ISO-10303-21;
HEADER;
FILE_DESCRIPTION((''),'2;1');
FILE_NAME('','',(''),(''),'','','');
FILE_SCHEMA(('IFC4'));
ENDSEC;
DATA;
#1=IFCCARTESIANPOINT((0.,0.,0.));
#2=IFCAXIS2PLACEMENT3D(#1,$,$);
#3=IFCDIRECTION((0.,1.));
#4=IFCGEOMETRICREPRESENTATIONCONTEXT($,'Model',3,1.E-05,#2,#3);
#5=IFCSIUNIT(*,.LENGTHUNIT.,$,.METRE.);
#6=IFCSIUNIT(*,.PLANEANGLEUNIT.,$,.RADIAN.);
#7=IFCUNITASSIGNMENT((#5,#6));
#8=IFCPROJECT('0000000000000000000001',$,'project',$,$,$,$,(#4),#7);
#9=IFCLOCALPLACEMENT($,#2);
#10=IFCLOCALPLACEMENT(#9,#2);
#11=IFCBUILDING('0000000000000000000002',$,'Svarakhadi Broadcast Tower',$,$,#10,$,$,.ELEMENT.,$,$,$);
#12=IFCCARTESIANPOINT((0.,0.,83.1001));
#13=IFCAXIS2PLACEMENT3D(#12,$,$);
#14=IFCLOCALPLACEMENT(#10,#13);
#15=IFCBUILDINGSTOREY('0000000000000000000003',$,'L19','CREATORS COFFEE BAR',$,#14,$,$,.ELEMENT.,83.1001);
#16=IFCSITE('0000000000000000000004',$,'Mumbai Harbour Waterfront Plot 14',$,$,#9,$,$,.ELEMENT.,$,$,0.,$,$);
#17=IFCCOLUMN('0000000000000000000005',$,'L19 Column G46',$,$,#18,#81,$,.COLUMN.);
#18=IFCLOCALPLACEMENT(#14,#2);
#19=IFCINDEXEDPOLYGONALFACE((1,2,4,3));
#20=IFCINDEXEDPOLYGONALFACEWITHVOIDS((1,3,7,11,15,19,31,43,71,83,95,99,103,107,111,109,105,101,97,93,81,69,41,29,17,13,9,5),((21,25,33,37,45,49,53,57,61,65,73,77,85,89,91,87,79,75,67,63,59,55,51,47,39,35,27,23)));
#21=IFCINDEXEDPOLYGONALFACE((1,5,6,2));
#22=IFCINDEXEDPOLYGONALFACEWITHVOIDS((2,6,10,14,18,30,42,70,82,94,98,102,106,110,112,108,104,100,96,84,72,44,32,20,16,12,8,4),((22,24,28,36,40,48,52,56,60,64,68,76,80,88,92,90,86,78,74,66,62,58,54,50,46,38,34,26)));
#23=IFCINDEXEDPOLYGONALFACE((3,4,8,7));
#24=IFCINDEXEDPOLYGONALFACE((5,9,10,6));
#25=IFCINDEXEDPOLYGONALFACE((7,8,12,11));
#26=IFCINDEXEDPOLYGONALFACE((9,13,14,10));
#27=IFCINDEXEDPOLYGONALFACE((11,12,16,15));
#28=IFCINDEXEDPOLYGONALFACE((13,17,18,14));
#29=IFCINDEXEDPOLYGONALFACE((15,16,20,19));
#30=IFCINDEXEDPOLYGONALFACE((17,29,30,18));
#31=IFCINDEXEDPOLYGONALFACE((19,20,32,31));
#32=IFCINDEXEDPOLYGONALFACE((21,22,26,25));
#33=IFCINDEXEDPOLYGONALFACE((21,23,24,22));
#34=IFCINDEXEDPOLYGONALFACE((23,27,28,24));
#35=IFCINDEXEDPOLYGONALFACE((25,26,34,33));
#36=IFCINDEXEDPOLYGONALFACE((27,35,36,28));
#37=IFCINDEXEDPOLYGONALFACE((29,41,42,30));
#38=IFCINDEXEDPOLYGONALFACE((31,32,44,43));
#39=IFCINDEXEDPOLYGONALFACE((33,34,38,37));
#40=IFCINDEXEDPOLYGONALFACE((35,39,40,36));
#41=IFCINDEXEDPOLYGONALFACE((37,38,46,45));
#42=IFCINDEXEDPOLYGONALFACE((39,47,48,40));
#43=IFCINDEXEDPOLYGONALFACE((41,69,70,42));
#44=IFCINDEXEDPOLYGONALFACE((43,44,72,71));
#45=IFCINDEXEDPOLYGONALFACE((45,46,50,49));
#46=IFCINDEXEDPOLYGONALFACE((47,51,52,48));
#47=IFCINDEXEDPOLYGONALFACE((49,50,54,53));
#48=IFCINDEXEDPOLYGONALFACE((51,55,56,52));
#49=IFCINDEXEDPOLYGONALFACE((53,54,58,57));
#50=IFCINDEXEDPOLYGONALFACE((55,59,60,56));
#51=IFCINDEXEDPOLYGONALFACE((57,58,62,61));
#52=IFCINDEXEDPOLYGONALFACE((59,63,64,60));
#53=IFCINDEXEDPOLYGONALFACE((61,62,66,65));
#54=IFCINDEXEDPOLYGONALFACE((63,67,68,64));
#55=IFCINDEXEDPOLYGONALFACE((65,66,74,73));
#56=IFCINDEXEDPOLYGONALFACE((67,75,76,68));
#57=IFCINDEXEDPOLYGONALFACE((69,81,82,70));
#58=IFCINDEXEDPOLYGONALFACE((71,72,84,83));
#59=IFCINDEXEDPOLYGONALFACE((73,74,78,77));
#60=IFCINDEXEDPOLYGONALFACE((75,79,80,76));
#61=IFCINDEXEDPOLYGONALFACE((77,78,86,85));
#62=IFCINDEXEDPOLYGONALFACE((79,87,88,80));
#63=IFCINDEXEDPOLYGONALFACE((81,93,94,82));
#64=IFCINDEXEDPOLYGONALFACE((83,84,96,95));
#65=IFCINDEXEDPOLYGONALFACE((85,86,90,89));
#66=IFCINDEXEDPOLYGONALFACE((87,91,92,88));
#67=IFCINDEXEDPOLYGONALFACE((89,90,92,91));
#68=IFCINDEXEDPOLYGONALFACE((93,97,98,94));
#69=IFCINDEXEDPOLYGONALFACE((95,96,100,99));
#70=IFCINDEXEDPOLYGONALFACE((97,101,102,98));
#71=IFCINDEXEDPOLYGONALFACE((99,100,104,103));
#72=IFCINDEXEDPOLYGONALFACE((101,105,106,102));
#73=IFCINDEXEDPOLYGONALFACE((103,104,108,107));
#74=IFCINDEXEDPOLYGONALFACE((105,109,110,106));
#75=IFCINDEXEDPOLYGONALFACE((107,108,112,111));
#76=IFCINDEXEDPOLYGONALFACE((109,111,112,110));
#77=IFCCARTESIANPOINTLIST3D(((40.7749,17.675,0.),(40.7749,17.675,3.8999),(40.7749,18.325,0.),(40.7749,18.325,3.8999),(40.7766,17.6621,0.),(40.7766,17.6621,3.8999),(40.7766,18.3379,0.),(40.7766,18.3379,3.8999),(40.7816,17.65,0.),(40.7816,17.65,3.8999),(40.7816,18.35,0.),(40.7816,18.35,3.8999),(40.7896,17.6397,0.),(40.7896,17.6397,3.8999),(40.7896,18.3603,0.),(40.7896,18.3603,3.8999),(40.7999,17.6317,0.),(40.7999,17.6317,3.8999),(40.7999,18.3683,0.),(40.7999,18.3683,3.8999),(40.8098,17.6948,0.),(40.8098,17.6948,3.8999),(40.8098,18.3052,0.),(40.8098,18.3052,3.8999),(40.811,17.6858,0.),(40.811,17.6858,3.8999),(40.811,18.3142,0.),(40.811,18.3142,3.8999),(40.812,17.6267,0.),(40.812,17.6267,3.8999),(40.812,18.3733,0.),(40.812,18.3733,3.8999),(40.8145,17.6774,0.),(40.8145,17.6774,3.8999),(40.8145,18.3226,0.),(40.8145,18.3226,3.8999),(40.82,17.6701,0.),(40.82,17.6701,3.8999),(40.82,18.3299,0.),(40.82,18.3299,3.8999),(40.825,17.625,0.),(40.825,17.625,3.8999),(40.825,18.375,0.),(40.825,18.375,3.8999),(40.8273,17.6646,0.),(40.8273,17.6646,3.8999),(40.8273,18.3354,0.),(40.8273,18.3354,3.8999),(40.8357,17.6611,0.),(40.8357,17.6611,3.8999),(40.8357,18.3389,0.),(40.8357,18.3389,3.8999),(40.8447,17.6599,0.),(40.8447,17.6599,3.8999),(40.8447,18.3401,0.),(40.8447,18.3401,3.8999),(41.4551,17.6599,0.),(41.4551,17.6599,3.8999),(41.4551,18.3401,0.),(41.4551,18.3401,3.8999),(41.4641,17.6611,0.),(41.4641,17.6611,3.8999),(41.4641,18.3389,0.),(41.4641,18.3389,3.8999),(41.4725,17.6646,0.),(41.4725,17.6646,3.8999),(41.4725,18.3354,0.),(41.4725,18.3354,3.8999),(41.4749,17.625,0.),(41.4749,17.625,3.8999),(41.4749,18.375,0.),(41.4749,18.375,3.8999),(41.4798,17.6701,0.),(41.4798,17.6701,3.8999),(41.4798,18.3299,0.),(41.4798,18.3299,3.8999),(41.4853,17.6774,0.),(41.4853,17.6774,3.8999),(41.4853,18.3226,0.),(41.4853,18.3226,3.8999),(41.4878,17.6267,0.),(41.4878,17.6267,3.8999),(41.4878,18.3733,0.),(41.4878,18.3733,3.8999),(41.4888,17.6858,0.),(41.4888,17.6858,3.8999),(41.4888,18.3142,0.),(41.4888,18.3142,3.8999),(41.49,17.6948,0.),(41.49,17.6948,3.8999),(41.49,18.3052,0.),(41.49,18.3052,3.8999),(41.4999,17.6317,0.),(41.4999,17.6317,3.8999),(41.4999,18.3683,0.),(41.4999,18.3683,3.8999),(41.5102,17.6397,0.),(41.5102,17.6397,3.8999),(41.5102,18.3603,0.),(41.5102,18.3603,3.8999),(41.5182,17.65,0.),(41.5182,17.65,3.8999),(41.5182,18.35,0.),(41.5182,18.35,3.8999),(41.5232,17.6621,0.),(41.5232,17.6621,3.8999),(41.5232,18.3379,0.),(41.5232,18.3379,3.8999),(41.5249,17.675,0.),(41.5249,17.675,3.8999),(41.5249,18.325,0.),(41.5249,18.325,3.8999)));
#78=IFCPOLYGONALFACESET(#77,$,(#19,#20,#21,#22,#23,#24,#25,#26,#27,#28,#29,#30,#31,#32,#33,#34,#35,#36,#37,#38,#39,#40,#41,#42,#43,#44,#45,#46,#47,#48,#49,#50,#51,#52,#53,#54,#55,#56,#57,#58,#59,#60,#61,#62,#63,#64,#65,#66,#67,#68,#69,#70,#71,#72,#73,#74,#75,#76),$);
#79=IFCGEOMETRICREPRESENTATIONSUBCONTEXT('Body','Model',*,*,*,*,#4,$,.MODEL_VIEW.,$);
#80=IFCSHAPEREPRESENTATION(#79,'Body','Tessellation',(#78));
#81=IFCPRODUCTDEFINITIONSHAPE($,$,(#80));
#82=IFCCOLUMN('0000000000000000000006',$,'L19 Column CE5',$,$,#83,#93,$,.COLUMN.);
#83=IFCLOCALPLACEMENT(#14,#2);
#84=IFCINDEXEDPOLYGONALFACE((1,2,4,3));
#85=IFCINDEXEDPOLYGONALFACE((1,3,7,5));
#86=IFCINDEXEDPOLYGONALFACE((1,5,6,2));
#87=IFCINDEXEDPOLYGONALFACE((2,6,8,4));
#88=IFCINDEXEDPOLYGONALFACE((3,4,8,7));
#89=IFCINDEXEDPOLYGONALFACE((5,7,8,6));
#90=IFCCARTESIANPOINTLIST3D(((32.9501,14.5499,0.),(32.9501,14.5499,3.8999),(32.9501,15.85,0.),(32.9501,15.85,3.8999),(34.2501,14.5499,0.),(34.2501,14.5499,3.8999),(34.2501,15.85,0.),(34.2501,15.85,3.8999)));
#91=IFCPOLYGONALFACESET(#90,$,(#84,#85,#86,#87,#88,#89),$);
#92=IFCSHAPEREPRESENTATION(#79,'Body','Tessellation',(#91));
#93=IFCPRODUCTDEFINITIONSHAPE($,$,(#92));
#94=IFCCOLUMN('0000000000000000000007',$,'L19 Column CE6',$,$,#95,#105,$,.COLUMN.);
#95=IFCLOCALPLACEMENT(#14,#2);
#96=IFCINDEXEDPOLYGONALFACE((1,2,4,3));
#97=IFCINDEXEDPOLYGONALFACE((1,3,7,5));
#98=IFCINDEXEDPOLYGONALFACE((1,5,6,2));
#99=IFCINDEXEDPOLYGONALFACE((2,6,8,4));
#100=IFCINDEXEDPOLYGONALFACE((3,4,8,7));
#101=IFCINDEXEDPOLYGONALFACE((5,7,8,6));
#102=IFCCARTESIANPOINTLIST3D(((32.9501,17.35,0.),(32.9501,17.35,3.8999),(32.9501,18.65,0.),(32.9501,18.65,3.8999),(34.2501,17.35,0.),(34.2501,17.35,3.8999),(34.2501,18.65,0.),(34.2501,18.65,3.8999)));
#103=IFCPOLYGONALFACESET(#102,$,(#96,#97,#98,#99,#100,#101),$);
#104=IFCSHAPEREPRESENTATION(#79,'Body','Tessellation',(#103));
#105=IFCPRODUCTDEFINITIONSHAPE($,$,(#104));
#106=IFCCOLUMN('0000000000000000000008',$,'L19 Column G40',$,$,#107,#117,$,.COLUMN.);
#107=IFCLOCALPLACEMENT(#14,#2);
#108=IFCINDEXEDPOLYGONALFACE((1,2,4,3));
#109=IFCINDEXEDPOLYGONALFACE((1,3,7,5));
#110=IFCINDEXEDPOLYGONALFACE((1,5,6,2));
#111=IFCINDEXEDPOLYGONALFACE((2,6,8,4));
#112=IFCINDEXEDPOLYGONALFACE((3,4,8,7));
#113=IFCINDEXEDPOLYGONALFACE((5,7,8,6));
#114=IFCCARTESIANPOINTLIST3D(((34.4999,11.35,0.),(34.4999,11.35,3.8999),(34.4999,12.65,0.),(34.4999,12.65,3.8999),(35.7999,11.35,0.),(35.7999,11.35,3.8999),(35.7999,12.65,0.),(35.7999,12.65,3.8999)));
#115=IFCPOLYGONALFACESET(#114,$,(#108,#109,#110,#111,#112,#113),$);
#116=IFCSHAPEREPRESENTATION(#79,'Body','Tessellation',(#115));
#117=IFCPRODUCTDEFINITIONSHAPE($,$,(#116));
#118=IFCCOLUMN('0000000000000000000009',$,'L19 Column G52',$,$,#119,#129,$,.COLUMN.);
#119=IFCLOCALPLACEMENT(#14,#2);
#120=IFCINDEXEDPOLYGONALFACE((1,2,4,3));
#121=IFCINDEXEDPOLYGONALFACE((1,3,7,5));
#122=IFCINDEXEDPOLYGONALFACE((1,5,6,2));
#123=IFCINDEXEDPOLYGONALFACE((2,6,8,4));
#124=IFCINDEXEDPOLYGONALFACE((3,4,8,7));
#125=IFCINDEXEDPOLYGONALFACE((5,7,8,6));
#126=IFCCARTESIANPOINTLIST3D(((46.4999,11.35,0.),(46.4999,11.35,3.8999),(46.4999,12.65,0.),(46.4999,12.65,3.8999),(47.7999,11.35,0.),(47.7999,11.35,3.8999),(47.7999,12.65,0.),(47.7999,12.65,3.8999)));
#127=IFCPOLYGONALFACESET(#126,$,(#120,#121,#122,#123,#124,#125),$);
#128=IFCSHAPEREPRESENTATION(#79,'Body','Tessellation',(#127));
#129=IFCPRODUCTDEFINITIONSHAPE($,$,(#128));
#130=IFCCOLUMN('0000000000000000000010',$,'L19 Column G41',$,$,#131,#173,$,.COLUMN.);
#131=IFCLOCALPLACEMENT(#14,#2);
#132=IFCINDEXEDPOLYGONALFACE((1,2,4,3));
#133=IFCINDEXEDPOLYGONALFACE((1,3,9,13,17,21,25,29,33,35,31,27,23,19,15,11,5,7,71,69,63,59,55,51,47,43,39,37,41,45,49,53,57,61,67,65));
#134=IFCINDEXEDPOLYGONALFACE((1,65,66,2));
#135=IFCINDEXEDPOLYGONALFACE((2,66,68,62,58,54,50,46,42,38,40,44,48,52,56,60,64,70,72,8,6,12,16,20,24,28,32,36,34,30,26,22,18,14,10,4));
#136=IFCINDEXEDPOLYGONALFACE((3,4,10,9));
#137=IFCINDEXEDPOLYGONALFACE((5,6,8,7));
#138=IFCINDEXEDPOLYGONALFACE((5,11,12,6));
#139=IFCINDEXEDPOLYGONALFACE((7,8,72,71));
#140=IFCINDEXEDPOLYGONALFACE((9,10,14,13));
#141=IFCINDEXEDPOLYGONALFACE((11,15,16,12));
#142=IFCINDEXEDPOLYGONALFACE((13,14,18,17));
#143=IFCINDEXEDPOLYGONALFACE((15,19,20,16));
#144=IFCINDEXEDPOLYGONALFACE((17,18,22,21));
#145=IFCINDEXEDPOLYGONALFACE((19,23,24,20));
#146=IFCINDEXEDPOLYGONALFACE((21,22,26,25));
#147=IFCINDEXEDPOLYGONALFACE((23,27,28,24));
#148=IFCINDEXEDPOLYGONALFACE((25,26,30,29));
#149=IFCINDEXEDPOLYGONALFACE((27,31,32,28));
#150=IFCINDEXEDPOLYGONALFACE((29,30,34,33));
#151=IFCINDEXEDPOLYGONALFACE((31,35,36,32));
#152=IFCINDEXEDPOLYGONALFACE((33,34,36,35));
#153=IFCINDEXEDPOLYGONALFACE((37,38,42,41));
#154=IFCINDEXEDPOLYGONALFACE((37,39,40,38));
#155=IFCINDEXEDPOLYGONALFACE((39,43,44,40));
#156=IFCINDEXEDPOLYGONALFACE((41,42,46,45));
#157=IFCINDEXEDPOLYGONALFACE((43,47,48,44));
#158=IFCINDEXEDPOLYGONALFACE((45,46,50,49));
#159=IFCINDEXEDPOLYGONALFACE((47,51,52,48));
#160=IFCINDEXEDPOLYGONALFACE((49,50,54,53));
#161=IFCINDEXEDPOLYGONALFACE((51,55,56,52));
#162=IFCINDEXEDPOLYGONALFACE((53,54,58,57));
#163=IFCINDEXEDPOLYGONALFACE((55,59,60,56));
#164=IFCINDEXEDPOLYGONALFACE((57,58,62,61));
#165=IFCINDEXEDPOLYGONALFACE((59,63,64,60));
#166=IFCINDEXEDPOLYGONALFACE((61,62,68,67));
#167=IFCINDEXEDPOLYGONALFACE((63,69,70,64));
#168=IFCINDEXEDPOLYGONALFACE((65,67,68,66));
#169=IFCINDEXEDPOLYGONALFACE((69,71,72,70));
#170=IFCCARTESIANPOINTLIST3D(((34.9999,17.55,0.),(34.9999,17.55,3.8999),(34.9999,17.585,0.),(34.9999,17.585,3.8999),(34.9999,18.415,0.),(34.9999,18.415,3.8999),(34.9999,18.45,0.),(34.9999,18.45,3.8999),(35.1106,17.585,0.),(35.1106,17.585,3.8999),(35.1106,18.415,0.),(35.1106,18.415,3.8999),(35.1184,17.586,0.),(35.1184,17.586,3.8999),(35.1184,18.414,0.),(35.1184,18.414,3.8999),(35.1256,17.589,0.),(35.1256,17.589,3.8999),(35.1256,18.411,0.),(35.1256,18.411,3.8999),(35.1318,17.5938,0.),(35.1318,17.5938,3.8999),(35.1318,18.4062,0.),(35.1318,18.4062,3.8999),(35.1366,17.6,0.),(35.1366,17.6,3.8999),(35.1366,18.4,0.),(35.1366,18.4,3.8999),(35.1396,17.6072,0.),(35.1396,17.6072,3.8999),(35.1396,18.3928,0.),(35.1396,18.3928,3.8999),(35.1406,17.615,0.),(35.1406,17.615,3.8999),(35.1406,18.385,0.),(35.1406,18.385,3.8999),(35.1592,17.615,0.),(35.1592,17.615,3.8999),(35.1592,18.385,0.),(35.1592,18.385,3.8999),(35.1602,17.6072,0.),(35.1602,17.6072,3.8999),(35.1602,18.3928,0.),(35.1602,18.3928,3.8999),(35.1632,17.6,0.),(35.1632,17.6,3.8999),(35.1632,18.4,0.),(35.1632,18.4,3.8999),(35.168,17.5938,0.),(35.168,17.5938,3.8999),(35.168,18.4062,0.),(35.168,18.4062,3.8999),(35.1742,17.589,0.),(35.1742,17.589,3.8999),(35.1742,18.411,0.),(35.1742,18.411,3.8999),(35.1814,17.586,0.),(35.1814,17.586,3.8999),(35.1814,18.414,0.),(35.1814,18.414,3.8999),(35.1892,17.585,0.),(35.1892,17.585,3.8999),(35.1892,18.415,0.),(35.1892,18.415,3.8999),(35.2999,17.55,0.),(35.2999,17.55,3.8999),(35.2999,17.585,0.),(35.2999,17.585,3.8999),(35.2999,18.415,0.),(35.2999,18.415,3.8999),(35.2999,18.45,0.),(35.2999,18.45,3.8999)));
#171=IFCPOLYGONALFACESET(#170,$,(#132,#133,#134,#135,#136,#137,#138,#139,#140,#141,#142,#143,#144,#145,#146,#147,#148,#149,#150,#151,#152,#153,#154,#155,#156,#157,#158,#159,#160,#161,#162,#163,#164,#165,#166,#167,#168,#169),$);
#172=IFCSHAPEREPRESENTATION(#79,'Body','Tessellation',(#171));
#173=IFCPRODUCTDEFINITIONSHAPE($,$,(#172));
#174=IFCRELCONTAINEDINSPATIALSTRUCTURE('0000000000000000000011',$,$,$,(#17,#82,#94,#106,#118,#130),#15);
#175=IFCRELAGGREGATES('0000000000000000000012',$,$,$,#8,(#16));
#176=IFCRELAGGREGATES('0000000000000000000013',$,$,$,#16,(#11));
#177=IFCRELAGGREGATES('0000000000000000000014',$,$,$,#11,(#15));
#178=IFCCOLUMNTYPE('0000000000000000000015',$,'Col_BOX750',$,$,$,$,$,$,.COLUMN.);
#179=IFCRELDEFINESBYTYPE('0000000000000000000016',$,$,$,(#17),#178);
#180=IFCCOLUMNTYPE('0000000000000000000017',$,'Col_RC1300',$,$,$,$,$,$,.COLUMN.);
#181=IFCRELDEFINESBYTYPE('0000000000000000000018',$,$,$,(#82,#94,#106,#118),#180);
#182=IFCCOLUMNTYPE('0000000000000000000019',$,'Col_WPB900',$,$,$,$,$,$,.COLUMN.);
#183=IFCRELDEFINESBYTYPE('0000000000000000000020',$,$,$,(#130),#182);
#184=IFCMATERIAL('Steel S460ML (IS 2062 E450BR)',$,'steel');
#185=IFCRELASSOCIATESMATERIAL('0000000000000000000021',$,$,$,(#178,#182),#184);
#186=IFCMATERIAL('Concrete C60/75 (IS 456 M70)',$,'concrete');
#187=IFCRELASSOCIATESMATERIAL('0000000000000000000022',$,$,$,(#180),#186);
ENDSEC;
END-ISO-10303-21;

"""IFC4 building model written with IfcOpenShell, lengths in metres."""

from ifc_helpers import new_model, si_unit, direction, frame, origin, origin_2d, place, context, subcontext, project, spatial, rectangle, hollow_rectangle, i_section, extrude, material, material_profile, profile_set, type_object, element, save


model = new_model("IFC4")

# Units and contexts
model_context = context("Model", 3, precision=1e-05, world=origin(), true_north=direction((0.0, 1.0)))
body_context = subcontext(model_context, "Body", "Model", "MODEL_VIEW")
ifc_project = project(units=[si_unit("LENGTHUNIT", "METRE"), si_unit("PLANEANGLEUNIT", "RADIAN")], contexts=[model_context])

# Site, building, storey
site_placement = place(None, origin())
site = spatial("IfcSite", under=ifc_project, at=site_placement, Name="Mumbai Harbour Waterfront Plot 14", CompositionType="ELEMENT", RefElevation=0.0)
building_placement = place(site_placement, origin())
building = spatial("IfcBuilding", under=site, at=building_placement, Name="Svarakhadi Broadcast Tower", CompositionType="ELEMENT")
storey_placement = place(building_placement, frame((0.0, 0.0, 83.1001)))
storey = spatial("IfcBuildingStorey", under=building, at=storey_placement, Name="L19", Description="CREATORS COFFEE BAR", CompositionType="ELEMENT", Elevation=83.1001)

# Columns
ifc_material_1 = material(Name="Steel S460ML (IS 2062 E450BR)", Category="steel")
ifc_material_profile_1 = material_profile(ifc_material_1, hollow_rectangle(XDim=0.75, YDim=0.75, WallThickness=0.0349, InnerFilletRadius=0.0349, OuterFilletRadius=0.05, at=origin_2d()), Name="BOX 750x750x35")
ifc_profile_set_1 = profile_set([ifc_material_profile_1], Name="Steel S460ML (IS 2062 E450BR)")
column_type_1 = type_object("IfcColumnType", Name="Col_BOX750", PredefinedType="COLUMN", material=ifc_profile_set_1)
column_placement = place(storey_placement, frame((41.1499, 18.0, 0.0), z_axis=(0.0, 0.0, 1.0), x_axis=(1.0, 0.0, 0.0)))
element("IfcColumn", 1, at=column_placement, inside=storey, type_object=column_type_1, Name="L19 Column G46", PredefinedType="COLUMN", context=body_context, shape_type="SweptSolid", body=[
    extrude(hollow_rectangle(XDim=0.75, YDim=0.75, WallThickness=0.0349, InnerFilletRadius=0.0349, OuterFilletRadius=0.05, at=origin_2d()), origin(), (0.0, 0.0, 1.0), 3.8999),
])
ifc_material_2 = material(Name="Concrete C60/75 (IS 456 M70)", Category="concrete")
ifc_material_profile_2 = material_profile(ifc_material_2, rectangle(XDim=1.3, YDim=1.3, at=origin_2d()), Name="RC 1300x1300")
ifc_profile_set_2 = profile_set([ifc_material_profile_2], Name="Concrete C60/75 (IS 456 M70)")
column_type_2 = type_object("IfcColumnType", Name="Col_RC1300", PredefinedType="COLUMN", material=ifc_profile_set_2)
for number, where, z_axis, x_axis, name in (
    (2, (33.6001, 15.2, 0.0), (0.0, 0.0, 1.0), (1.0, 0.0, 0.0), "L19 Column CE5"),
    (3, (33.6001, 18.0, 0.0), (0.0, 0.0, 1.0), (1.0, 0.0, 0.0), "L19 Column CE6"),
    (4, (35.1499, 12.0, 0.0), (0.0, 0.0, 1.0), (1.0, 0.0, 0.0), "L19 Column G40"),
    (5, (47.1499, 12.0, 0.0), (0.0, 0.0, 1.0), (1.0, 0.0, 0.0), "L19 Column G52"),
):
    element("IfcColumn", number, at=place(storey_placement, frame(where, z_axis=z_axis, x_axis=x_axis)), inside=storey, type_object=column_type_2, Name=name, PredefinedType="COLUMN", context=body_context, shape_type="SweptSolid", body=[
        extrude(rectangle(XDim=1.3, YDim=1.3, at=origin_2d()), origin(), (0.0, 0.0, 1.0), 3.8999),
    ])
ifc_material_profile_3 = material_profile(ifc_material_1, i_section(OverallWidth=0.3, OverallDepth=0.8999, WebThickness=0.0186, FlangeThickness=0.0349, FilletRadius=0.03, at=origin_2d()), Name="WPB 900x300x291")
ifc_profile_set_3 = profile_set([ifc_material_profile_3], Name="Steel S460ML (IS 2062 E450BR)")
column_type_3 = type_object("IfcColumnType", Name="Col_WPB900", PredefinedType="COLUMN", material=ifc_profile_set_3)
for number, where, z_axis, x_axis, name in (
    (6, (35.1499, 18.0, 0.0), (0.0, 0.0, 1.0), (1.0, 0.0, 0.0), "L19 Column G41"),
):
    element("IfcColumn", number, at=place(storey_placement, frame(where, z_axis=z_axis, x_axis=x_axis)), inside=storey, type_object=column_type_3, Name=name, PredefinedType="COLUMN", context=body_context, shape_type="SweptSolid", body=[
        extrude(i_section(OverallWidth=0.3, OverallDepth=0.8999, WebThickness=0.0186, FlangeThickness=0.0349, FilletRadius=0.03, at=origin_2d()), origin(), (0.0, 0.0, 1.0), 3.8999),
    ])

save(model, "model.ifc")
